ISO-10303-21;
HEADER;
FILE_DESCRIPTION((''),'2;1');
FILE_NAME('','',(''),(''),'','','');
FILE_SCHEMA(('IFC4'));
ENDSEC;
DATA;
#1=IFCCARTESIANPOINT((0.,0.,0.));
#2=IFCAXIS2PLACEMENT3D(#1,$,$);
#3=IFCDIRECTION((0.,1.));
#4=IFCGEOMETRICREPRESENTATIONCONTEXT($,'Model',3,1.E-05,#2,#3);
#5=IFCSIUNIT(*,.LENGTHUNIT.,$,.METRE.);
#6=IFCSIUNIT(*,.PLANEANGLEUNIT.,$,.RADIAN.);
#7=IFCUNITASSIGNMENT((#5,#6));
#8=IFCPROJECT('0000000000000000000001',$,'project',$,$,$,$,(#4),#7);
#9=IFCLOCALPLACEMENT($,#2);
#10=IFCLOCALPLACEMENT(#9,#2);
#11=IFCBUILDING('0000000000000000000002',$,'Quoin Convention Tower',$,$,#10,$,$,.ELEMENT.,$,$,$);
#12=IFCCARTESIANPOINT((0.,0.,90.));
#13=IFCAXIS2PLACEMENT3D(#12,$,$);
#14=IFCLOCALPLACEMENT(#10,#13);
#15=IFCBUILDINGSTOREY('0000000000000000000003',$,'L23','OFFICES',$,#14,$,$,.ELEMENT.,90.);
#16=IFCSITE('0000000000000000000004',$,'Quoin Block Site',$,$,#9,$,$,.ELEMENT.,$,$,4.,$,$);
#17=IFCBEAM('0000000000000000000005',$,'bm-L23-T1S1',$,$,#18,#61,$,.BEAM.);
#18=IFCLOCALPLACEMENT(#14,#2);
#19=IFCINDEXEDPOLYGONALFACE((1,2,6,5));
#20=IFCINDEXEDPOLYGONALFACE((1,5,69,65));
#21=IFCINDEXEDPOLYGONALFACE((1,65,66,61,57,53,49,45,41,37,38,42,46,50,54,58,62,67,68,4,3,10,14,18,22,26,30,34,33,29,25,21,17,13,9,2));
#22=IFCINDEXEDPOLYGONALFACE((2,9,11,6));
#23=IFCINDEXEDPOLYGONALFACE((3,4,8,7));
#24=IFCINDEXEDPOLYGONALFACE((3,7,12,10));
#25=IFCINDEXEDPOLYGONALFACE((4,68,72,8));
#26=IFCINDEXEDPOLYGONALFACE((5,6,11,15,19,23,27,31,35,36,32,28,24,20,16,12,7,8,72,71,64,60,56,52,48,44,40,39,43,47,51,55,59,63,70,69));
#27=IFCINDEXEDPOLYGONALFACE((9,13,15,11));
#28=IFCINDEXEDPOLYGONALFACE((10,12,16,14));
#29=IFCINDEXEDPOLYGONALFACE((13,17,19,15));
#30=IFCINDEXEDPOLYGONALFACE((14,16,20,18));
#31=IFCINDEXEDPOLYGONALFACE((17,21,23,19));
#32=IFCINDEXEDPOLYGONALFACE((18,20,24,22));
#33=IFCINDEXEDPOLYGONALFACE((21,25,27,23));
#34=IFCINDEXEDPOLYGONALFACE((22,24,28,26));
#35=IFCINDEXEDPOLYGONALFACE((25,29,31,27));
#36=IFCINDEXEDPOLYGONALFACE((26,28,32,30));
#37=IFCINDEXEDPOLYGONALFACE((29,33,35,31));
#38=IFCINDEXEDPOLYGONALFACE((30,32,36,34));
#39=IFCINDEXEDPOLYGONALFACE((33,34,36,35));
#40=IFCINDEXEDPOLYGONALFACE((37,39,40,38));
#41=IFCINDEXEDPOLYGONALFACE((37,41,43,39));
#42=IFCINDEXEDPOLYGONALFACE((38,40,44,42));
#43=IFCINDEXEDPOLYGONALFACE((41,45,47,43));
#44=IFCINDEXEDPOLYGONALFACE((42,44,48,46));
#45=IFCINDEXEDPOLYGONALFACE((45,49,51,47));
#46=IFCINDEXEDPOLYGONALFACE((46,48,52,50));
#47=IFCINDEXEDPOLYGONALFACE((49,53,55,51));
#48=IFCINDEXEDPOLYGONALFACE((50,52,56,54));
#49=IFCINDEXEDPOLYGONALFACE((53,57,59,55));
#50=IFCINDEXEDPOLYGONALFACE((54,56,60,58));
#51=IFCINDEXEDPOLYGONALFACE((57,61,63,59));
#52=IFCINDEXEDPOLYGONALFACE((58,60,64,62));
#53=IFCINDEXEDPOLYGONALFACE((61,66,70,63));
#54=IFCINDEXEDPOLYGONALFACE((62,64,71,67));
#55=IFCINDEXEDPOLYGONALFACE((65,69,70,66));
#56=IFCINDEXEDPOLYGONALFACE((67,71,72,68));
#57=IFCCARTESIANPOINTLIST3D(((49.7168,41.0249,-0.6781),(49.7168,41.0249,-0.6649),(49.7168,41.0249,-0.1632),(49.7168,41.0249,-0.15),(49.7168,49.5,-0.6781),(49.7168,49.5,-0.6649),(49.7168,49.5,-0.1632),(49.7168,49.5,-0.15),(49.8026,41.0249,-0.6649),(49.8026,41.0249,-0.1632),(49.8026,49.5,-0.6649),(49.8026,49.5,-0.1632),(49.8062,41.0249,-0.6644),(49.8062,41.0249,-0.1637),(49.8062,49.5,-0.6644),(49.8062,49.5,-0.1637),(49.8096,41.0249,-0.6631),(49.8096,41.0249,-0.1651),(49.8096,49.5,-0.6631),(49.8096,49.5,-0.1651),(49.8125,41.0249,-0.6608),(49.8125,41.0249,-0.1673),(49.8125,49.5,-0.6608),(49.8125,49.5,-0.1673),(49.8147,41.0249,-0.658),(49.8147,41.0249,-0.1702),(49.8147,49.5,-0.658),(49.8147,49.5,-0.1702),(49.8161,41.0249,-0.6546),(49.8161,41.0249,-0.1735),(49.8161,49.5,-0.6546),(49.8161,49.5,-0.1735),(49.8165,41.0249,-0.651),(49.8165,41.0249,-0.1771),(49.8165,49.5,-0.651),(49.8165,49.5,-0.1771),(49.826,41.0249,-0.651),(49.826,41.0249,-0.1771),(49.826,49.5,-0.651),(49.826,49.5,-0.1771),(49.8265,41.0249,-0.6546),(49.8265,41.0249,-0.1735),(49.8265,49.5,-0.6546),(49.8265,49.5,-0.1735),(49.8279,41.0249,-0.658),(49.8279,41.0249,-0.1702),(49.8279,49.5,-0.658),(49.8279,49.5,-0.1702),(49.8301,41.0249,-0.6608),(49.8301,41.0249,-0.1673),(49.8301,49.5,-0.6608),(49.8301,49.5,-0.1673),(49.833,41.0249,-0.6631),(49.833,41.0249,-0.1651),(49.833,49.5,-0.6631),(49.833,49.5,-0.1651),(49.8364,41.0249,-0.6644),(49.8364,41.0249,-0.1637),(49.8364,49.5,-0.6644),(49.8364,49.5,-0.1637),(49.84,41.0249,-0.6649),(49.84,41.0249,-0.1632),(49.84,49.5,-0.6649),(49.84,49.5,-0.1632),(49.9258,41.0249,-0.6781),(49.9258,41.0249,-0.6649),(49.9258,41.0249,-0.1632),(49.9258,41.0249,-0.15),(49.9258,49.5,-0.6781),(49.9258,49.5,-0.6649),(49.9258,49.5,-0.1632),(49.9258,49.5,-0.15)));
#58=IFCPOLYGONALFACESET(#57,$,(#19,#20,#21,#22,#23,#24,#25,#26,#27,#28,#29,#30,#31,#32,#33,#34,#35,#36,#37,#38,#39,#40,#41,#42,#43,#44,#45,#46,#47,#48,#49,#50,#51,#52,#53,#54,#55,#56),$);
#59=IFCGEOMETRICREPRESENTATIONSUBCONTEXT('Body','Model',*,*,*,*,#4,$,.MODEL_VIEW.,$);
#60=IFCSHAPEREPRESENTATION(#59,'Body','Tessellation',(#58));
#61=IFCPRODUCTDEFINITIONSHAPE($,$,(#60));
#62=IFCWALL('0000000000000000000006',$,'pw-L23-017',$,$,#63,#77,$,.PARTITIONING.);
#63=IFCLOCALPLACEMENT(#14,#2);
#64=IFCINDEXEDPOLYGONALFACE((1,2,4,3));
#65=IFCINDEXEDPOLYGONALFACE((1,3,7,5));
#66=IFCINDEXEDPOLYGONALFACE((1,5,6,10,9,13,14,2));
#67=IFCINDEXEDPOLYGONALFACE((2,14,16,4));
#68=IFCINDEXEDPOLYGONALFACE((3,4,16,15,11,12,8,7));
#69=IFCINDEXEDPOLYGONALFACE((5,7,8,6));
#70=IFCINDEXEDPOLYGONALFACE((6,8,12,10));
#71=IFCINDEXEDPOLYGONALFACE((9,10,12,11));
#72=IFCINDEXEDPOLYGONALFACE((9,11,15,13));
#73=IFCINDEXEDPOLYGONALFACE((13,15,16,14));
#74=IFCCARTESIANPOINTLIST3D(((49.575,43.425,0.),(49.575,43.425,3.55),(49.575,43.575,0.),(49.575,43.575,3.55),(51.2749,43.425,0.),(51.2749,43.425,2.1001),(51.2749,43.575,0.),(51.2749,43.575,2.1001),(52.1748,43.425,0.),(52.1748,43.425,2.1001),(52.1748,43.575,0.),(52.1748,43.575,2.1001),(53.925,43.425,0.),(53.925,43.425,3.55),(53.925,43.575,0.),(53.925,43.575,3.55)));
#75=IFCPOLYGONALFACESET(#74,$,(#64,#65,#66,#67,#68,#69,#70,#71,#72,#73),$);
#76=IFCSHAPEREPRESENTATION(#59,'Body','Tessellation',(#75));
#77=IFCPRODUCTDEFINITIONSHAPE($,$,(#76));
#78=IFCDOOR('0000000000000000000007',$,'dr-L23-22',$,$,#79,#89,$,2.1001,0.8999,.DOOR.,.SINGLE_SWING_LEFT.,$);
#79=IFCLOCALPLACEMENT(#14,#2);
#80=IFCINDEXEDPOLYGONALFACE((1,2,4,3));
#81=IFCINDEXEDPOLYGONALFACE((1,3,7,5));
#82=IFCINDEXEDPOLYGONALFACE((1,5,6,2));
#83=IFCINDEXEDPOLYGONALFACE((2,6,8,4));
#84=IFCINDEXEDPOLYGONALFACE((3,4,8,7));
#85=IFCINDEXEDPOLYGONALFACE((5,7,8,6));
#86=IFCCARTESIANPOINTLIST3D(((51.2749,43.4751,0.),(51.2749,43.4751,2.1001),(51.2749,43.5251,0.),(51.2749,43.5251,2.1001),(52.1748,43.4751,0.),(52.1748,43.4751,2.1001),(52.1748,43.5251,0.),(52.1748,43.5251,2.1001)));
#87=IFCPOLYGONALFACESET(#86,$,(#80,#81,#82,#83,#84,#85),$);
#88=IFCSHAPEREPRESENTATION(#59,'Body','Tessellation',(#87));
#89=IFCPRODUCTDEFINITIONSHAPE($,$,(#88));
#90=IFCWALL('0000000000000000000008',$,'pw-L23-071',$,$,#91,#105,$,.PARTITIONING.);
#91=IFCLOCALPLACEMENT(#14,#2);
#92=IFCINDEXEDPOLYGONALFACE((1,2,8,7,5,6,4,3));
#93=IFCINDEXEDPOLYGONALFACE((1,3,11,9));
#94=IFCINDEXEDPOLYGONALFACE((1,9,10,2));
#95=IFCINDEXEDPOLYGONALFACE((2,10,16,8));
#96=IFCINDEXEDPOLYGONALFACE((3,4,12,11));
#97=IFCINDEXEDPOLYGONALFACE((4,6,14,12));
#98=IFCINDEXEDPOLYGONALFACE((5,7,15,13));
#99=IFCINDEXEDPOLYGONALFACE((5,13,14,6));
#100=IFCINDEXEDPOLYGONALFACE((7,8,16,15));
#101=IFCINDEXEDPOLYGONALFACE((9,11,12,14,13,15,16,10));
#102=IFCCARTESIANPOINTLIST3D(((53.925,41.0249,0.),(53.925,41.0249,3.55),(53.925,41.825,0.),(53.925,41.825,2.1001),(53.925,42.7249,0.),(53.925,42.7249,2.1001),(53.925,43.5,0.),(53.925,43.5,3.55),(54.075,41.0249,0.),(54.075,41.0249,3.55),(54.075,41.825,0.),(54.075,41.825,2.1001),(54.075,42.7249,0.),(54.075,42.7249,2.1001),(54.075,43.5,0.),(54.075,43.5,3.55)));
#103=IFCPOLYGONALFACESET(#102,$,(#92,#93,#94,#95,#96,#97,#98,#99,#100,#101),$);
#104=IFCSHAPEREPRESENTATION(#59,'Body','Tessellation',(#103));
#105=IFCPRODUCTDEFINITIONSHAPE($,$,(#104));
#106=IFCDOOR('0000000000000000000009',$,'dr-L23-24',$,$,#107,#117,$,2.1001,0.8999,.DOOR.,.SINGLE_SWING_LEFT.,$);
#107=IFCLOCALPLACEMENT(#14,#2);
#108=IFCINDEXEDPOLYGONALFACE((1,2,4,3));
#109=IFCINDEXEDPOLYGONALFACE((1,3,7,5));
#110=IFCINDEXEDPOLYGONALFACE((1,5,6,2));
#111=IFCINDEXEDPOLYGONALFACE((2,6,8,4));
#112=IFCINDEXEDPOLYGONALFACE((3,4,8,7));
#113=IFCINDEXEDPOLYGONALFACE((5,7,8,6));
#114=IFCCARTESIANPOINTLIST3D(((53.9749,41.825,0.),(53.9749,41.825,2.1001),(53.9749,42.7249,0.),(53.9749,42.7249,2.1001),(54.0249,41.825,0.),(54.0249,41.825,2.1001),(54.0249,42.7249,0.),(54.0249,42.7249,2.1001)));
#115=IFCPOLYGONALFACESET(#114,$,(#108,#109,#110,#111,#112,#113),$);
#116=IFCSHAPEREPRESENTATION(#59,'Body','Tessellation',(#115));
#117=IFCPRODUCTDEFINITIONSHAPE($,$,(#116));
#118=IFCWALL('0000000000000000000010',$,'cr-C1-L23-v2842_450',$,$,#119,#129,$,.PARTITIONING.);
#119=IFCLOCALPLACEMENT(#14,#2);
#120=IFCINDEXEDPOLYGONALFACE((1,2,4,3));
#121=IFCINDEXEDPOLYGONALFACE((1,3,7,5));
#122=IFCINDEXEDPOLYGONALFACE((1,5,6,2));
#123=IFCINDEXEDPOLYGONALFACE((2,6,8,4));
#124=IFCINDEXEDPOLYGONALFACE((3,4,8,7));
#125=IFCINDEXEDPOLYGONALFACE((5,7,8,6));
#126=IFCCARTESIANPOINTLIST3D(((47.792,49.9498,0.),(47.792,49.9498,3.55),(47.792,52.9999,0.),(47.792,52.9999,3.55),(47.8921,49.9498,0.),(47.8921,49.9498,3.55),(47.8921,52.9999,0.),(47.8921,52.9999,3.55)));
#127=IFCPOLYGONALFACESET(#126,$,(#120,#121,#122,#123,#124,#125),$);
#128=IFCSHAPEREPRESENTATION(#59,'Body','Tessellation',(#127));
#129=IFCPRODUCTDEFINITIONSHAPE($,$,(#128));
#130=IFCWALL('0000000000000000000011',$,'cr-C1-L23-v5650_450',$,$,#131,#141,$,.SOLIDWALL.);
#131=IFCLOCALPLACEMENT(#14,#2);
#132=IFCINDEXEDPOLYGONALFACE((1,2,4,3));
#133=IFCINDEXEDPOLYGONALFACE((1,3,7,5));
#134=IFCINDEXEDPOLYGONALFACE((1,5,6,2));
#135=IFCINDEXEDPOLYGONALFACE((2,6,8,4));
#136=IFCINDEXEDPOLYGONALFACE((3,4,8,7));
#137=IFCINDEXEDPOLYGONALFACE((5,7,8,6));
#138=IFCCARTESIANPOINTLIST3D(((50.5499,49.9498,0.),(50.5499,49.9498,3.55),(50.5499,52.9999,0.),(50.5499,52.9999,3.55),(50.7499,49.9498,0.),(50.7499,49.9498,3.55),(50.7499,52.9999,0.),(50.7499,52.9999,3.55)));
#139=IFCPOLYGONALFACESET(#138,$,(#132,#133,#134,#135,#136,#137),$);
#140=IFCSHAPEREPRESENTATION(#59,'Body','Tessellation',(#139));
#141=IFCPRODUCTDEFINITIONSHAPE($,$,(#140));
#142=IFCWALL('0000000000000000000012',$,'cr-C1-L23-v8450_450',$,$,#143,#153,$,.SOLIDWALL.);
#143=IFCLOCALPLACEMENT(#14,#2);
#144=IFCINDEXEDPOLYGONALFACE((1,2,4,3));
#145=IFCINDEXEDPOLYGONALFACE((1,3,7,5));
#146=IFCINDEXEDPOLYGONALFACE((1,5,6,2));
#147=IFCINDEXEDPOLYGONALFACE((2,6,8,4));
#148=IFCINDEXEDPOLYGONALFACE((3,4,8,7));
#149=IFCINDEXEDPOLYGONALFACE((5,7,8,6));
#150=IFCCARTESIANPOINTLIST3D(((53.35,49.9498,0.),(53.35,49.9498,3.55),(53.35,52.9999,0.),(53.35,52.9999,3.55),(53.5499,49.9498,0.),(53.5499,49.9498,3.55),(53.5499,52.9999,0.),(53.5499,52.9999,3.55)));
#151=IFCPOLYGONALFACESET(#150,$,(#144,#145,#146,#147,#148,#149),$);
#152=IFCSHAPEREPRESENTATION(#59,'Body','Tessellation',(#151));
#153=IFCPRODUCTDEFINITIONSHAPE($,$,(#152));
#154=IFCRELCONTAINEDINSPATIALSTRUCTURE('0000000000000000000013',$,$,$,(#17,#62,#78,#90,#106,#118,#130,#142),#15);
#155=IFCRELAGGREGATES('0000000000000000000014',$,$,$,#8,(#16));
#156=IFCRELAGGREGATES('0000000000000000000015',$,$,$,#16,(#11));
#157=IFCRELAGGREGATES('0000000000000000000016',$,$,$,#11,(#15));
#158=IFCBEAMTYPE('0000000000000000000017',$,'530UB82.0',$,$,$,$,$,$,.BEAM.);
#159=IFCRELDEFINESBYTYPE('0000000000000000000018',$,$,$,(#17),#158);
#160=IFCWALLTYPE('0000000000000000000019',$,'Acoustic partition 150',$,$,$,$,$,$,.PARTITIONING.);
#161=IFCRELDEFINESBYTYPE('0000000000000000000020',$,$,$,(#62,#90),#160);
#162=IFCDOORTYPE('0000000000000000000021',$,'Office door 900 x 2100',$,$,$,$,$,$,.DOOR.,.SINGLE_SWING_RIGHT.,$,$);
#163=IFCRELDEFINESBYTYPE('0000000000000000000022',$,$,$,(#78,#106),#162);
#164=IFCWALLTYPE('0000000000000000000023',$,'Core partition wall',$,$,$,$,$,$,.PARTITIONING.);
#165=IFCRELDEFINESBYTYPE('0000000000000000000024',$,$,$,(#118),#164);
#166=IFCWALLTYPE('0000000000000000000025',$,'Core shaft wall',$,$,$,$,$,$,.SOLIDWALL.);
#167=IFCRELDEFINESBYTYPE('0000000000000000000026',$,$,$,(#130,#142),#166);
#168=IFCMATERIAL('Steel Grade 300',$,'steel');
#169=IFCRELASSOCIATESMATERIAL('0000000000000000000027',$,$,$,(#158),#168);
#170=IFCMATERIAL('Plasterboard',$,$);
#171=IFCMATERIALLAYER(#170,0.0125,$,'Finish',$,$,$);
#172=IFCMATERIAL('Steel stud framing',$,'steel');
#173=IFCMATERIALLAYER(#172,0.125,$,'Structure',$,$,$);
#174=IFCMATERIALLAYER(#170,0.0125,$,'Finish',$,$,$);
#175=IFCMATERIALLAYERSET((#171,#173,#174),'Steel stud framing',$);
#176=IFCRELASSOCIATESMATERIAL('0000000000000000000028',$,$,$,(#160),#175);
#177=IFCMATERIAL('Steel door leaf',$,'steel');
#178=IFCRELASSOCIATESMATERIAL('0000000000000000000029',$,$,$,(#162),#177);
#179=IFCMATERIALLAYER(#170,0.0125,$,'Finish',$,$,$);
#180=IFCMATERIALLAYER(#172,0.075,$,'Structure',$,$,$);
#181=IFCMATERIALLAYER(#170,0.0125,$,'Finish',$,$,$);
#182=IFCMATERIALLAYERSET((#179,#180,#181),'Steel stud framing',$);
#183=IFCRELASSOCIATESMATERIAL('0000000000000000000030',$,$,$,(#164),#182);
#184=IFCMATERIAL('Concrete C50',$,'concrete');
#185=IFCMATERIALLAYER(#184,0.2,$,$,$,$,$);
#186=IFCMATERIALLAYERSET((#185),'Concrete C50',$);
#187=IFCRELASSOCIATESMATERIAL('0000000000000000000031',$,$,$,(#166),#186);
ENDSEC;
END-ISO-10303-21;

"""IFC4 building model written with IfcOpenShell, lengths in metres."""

from ifc_helpers import new_model, si_unit, direction, frame, frame_2d, origin, origin_2d, place, context, subcontext, project, spatial, rectangle, i_section, extrude, material, layer, layer_set, material_profile, profile_set, type_object, element, fill, save


model = new_model("IFC4")

# Units and contexts
model_context = context("Model", 3, precision=1e-05, world=origin(), true_north=direction((0.0, 1.0)))
body_context = subcontext(model_context, "Body", "Model", "MODEL_VIEW")
ifc_project = project(units=[si_unit("LENGTHUNIT", "METRE"), si_unit("PLANEANGLEUNIT", "RADIAN")], contexts=[model_context])

# Site, building, storey
site_placement = place(None, origin())
site = spatial("IfcSite", under=ifc_project, at=site_placement, Name="Quoin Block Site", CompositionType="ELEMENT", RefElevation=4.0)
building_placement = place(site_placement, origin())
building = spatial("IfcBuilding", under=site, at=building_placement, Name="Quoin Convention Tower", CompositionType="ELEMENT")
storey_placement = place(building_placement, frame((0.0, 0.0, 90.0)))
storey = spatial("IfcBuildingStorey", under=building, at=storey_placement, Name="L23", Description="OFFICES", CompositionType="ELEMENT", Elevation=90.0)

# Beam
ifc_material_1 = material(Name="Steel Grade 300", Category="steel")
ifc_material_profile = material_profile(ifc_material_1, i_section(OverallWidth=0.209, OverallDepth=0.5281, WebThickness=0.0095, FlangeThickness=0.0132, FilletRadius=0.0139, at=origin_2d()), Name="530UB82.0")
ifc_profile_set = profile_set([ifc_material_profile], Name="Steel Grade 300")
beam_type = type_object("IfcBeamType", Name="530UB82.0", PredefinedType="BEAM", material=ifc_profile_set)
beam_placement = place(storey_placement, frame((49.8213, 41.0249, -0.4141), z_axis=(0.0, 1.0, 0.0), x_axis=(-1.0, 0.0, 0.0)))
element("IfcBeam", 1, at=beam_placement, inside=storey, type_object=beam_type, Name="bm-L23-T1S1", PredefinedType="BEAM", context=body_context, shape_type="SweptSolid", body=[
    extrude(i_section(OverallWidth=0.209, OverallDepth=0.5281, WebThickness=0.0095, FlangeThickness=0.0132, FilletRadius=0.0139, at=origin_2d()), origin(), (0.0, 0.0, 1.0), 8.4751),
])

# Walls, openings, doors
ifc_material_2 = material(Name="Plasterboard")
ifc_layer_1 = layer(ifc_material_2, 0.0125, Name="Finish")
ifc_material_3 = material(Name="Steel stud framing", Category="steel")
ifc_layer_2 = layer(ifc_material_3, 0.125, Name="Structure")
ifc_layer_3 = layer(ifc_material_2, 0.0125, Name="Finish")
ifc_layer_set_1 = layer_set([ifc_layer_1, ifc_layer_2, ifc_layer_3], Name="Steel stud framing")
wall_type_1 = type_object("IfcWallType", Name="Acoustic partition 150", PredefinedType="PARTITIONING", material=ifc_layer_set_1)
wall_1_placement = place(storey_placement, frame((49.575, 43.5, 0.0), z_axis=(0.0, 0.0, 1.0), x_axis=(1.0, 0.0, 0.0)))
wall_1 = element("IfcWall", 2, at=wall_1_placement, inside=storey, type_object=wall_type_1, Name="pw-L23-017", PredefinedType="PARTITIONING", context=body_context, shape_type="SweptSolid", body=[
    extrude(rectangle(XDim=4.3501, YDim=0.1499, at=frame_2d((2.175, 0.0))), origin(), (0.0, 0.0, 1.0), 3.55),
])
opening_1_placement = place(wall_1_placement, frame((1.7, 0.0, 0.0)))
opening_1 = element("IfcOpeningElement", 3, at=opening_1_placement, cuts=wall_1, PredefinedType="OPENING", context=body_context, shape_type="SweptSolid", body=[
    extrude(rectangle(XDim=0.8999, YDim=2.1001, at=frame_2d((0.45, 1.05))), frame((0.0, 0.085, 0.0), z_axis=(0.0, -1.0, 0.0), x_axis=(1.0, 0.0, 0.0)), (0.0, 0.0, 1.0), 0.1699),
])
ifc_material_4 = material(Name="Steel door leaf", Category="steel")
door_type_1 = type_object("IfcDoorType", Name="Office door 900 x 2100", OperationType="SINGLE_SWING_RIGHT", PredefinedType="DOOR", material=ifc_material_4)
door_1_placement = place(opening_1_placement, frame((0.8999, 0.0, 0.0), z_axis=(0.0, 0.0, 1.0), x_axis=(-1.0, 0.0, 0.0)))
door_1 = element("IfcDoor", 4, at=door_1_placement, inside=storey, type_object=door_type_1, Name="dr-L23-22", OperationType="SINGLE_SWING_LEFT", OverallHeight=2.1001, OverallWidth=0.8999, PredefinedType="DOOR", context=body_context, shape_type="SweptSolid", body=[
    extrude(rectangle(XDim=0.8999, YDim=2.1001, at=frame_2d((0.45, 1.05))), frame((0.0, 0.0249, 0.0), z_axis=(0.0, -1.0, 0.0), x_axis=(1.0, 0.0, 0.0)), (0.0, 0.0, 1.0), 0.05),
])
fill(opening_1, door_1)
wall_2_placement = place(storey_placement, frame((54.0, 41.0249, 0.0), z_axis=(0.0, 0.0, 1.0), x_axis=(0.0, 1.0, 0.0)))
wall_2 = element("IfcWall", 5, at=wall_2_placement, inside=storey, type_object=wall_type_1, Name="pw-L23-071", PredefinedType="PARTITIONING", context=body_context, shape_type="SweptSolid", body=[
    extrude(rectangle(XDim=2.4751, YDim=0.1499, at=frame_2d((1.2375, 0.0))), origin(), (0.0, 0.0, 1.0), 3.55),
])
opening_2_placement = place(wall_2_placement, frame((0.8, 0.0, 0.0)))
opening_2 = element("IfcOpeningElement", 6, at=opening_2_placement, cuts=wall_2, PredefinedType="OPENING", context=body_context, shape_type="SweptSolid", body=[
    extrude(rectangle(XDim=0.8999, YDim=2.1001, at=frame_2d((0.45, 1.05))), frame((0.0, 0.085, 0.0), z_axis=(0.0, -1.0, 0.0), x_axis=(1.0, 0.0, 0.0)), (0.0, 0.0, 1.0), 0.1699),
])
door_2_placement = place(opening_2_placement, frame((0.8999, 0.0, 0.0), z_axis=(0.0, 0.0, 1.0), x_axis=(-1.0, 0.0, 0.0)))
door_2 = element("IfcDoor", 7, at=door_2_placement, inside=storey, type_object=door_type_1, Name="dr-L23-24", OperationType="SINGLE_SWING_LEFT", OverallHeight=2.1001, OverallWidth=0.8999, PredefinedType="DOOR", context=body_context, shape_type="SweptSolid", body=[
    extrude(rectangle(XDim=0.8999, YDim=2.1001, at=frame_2d((0.45, 1.05))), frame((0.0, 0.0249, 0.0), z_axis=(0.0, -1.0, 0.0), x_axis=(1.0, 0.0, 0.0)), (0.0, 0.0, 1.0), 0.05),
])
fill(opening_2, door_2)

# Walls
ifc_layer_4 = layer(ifc_material_2, 0.0125, Name="Finish")
ifc_layer_5 = layer(ifc_material_3, 0.075, Name="Structure")
ifc_layer_6 = layer(ifc_material_2, 0.0125, Name="Finish")
ifc_layer_set_2 = layer_set([ifc_layer_4, ifc_layer_5, ifc_layer_6], Name="Steel stud framing")
wall_type_2 = type_object("IfcWallType", Name="Core partition wall", PredefinedType="PARTITIONING", material=ifc_layer_set_2)
wall_3_placement = place(storey_placement, frame((47.842, 49.95, 0.0), z_axis=(0.0, 0.0, 1.0), x_axis=(0.0, 1.0, 0.0)))
element("IfcWall", 8, at=wall_3_placement, inside=storey, type_object=wall_type_2, Name="cr-C1-L23-v2842_450", PredefinedType="PARTITIONING", context=body_context, shape_type="SweptSolid", body=[
    extrude(rectangle(XDim=3.05, YDim=0.1001, at=frame_2d((1.5249, 0.0))), origin(), (0.0, 0.0, 1.0), 3.55),
])
ifc_material_5 = material(Name="Concrete C50", Category="concrete")
ifc_layer_7 = layer(ifc_material_5, 0.2)
ifc_layer_set_3 = layer_set([ifc_layer_7], Name="Concrete C50")
wall_type_3 = type_object("IfcWallType", Name="Core shaft wall", PredefinedType="SOLIDWALL", material=ifc_layer_set_3)
for number, where, z_axis, x_axis, name in (
    (9, (50.6499, 49.95, 0.0), (0.0, 0.0, 1.0), (0.0, 1.0, 0.0), "cr-C1-L23-v5650_450"),
    (10, (53.45, 49.95, 0.0), (0.0, 0.0, 1.0), (0.0, 1.0, 0.0), "cr-C1-L23-v8450_450"),
):
    element("IfcWall", number, at=place(storey_placement, frame(where, z_axis=z_axis, x_axis=x_axis)), inside=storey, type_object=wall_type_3, Name=name, PredefinedType="SOLIDWALL", context=body_context, shape_type="SweptSolid", body=[
        extrude(rectangle(XDim=3.05, YDim=0.2, at=frame_2d((1.5249, 0.0))), origin(), (0.0, 0.0, 1.0), 3.55),
    ])

save(model, "model.ifc")
